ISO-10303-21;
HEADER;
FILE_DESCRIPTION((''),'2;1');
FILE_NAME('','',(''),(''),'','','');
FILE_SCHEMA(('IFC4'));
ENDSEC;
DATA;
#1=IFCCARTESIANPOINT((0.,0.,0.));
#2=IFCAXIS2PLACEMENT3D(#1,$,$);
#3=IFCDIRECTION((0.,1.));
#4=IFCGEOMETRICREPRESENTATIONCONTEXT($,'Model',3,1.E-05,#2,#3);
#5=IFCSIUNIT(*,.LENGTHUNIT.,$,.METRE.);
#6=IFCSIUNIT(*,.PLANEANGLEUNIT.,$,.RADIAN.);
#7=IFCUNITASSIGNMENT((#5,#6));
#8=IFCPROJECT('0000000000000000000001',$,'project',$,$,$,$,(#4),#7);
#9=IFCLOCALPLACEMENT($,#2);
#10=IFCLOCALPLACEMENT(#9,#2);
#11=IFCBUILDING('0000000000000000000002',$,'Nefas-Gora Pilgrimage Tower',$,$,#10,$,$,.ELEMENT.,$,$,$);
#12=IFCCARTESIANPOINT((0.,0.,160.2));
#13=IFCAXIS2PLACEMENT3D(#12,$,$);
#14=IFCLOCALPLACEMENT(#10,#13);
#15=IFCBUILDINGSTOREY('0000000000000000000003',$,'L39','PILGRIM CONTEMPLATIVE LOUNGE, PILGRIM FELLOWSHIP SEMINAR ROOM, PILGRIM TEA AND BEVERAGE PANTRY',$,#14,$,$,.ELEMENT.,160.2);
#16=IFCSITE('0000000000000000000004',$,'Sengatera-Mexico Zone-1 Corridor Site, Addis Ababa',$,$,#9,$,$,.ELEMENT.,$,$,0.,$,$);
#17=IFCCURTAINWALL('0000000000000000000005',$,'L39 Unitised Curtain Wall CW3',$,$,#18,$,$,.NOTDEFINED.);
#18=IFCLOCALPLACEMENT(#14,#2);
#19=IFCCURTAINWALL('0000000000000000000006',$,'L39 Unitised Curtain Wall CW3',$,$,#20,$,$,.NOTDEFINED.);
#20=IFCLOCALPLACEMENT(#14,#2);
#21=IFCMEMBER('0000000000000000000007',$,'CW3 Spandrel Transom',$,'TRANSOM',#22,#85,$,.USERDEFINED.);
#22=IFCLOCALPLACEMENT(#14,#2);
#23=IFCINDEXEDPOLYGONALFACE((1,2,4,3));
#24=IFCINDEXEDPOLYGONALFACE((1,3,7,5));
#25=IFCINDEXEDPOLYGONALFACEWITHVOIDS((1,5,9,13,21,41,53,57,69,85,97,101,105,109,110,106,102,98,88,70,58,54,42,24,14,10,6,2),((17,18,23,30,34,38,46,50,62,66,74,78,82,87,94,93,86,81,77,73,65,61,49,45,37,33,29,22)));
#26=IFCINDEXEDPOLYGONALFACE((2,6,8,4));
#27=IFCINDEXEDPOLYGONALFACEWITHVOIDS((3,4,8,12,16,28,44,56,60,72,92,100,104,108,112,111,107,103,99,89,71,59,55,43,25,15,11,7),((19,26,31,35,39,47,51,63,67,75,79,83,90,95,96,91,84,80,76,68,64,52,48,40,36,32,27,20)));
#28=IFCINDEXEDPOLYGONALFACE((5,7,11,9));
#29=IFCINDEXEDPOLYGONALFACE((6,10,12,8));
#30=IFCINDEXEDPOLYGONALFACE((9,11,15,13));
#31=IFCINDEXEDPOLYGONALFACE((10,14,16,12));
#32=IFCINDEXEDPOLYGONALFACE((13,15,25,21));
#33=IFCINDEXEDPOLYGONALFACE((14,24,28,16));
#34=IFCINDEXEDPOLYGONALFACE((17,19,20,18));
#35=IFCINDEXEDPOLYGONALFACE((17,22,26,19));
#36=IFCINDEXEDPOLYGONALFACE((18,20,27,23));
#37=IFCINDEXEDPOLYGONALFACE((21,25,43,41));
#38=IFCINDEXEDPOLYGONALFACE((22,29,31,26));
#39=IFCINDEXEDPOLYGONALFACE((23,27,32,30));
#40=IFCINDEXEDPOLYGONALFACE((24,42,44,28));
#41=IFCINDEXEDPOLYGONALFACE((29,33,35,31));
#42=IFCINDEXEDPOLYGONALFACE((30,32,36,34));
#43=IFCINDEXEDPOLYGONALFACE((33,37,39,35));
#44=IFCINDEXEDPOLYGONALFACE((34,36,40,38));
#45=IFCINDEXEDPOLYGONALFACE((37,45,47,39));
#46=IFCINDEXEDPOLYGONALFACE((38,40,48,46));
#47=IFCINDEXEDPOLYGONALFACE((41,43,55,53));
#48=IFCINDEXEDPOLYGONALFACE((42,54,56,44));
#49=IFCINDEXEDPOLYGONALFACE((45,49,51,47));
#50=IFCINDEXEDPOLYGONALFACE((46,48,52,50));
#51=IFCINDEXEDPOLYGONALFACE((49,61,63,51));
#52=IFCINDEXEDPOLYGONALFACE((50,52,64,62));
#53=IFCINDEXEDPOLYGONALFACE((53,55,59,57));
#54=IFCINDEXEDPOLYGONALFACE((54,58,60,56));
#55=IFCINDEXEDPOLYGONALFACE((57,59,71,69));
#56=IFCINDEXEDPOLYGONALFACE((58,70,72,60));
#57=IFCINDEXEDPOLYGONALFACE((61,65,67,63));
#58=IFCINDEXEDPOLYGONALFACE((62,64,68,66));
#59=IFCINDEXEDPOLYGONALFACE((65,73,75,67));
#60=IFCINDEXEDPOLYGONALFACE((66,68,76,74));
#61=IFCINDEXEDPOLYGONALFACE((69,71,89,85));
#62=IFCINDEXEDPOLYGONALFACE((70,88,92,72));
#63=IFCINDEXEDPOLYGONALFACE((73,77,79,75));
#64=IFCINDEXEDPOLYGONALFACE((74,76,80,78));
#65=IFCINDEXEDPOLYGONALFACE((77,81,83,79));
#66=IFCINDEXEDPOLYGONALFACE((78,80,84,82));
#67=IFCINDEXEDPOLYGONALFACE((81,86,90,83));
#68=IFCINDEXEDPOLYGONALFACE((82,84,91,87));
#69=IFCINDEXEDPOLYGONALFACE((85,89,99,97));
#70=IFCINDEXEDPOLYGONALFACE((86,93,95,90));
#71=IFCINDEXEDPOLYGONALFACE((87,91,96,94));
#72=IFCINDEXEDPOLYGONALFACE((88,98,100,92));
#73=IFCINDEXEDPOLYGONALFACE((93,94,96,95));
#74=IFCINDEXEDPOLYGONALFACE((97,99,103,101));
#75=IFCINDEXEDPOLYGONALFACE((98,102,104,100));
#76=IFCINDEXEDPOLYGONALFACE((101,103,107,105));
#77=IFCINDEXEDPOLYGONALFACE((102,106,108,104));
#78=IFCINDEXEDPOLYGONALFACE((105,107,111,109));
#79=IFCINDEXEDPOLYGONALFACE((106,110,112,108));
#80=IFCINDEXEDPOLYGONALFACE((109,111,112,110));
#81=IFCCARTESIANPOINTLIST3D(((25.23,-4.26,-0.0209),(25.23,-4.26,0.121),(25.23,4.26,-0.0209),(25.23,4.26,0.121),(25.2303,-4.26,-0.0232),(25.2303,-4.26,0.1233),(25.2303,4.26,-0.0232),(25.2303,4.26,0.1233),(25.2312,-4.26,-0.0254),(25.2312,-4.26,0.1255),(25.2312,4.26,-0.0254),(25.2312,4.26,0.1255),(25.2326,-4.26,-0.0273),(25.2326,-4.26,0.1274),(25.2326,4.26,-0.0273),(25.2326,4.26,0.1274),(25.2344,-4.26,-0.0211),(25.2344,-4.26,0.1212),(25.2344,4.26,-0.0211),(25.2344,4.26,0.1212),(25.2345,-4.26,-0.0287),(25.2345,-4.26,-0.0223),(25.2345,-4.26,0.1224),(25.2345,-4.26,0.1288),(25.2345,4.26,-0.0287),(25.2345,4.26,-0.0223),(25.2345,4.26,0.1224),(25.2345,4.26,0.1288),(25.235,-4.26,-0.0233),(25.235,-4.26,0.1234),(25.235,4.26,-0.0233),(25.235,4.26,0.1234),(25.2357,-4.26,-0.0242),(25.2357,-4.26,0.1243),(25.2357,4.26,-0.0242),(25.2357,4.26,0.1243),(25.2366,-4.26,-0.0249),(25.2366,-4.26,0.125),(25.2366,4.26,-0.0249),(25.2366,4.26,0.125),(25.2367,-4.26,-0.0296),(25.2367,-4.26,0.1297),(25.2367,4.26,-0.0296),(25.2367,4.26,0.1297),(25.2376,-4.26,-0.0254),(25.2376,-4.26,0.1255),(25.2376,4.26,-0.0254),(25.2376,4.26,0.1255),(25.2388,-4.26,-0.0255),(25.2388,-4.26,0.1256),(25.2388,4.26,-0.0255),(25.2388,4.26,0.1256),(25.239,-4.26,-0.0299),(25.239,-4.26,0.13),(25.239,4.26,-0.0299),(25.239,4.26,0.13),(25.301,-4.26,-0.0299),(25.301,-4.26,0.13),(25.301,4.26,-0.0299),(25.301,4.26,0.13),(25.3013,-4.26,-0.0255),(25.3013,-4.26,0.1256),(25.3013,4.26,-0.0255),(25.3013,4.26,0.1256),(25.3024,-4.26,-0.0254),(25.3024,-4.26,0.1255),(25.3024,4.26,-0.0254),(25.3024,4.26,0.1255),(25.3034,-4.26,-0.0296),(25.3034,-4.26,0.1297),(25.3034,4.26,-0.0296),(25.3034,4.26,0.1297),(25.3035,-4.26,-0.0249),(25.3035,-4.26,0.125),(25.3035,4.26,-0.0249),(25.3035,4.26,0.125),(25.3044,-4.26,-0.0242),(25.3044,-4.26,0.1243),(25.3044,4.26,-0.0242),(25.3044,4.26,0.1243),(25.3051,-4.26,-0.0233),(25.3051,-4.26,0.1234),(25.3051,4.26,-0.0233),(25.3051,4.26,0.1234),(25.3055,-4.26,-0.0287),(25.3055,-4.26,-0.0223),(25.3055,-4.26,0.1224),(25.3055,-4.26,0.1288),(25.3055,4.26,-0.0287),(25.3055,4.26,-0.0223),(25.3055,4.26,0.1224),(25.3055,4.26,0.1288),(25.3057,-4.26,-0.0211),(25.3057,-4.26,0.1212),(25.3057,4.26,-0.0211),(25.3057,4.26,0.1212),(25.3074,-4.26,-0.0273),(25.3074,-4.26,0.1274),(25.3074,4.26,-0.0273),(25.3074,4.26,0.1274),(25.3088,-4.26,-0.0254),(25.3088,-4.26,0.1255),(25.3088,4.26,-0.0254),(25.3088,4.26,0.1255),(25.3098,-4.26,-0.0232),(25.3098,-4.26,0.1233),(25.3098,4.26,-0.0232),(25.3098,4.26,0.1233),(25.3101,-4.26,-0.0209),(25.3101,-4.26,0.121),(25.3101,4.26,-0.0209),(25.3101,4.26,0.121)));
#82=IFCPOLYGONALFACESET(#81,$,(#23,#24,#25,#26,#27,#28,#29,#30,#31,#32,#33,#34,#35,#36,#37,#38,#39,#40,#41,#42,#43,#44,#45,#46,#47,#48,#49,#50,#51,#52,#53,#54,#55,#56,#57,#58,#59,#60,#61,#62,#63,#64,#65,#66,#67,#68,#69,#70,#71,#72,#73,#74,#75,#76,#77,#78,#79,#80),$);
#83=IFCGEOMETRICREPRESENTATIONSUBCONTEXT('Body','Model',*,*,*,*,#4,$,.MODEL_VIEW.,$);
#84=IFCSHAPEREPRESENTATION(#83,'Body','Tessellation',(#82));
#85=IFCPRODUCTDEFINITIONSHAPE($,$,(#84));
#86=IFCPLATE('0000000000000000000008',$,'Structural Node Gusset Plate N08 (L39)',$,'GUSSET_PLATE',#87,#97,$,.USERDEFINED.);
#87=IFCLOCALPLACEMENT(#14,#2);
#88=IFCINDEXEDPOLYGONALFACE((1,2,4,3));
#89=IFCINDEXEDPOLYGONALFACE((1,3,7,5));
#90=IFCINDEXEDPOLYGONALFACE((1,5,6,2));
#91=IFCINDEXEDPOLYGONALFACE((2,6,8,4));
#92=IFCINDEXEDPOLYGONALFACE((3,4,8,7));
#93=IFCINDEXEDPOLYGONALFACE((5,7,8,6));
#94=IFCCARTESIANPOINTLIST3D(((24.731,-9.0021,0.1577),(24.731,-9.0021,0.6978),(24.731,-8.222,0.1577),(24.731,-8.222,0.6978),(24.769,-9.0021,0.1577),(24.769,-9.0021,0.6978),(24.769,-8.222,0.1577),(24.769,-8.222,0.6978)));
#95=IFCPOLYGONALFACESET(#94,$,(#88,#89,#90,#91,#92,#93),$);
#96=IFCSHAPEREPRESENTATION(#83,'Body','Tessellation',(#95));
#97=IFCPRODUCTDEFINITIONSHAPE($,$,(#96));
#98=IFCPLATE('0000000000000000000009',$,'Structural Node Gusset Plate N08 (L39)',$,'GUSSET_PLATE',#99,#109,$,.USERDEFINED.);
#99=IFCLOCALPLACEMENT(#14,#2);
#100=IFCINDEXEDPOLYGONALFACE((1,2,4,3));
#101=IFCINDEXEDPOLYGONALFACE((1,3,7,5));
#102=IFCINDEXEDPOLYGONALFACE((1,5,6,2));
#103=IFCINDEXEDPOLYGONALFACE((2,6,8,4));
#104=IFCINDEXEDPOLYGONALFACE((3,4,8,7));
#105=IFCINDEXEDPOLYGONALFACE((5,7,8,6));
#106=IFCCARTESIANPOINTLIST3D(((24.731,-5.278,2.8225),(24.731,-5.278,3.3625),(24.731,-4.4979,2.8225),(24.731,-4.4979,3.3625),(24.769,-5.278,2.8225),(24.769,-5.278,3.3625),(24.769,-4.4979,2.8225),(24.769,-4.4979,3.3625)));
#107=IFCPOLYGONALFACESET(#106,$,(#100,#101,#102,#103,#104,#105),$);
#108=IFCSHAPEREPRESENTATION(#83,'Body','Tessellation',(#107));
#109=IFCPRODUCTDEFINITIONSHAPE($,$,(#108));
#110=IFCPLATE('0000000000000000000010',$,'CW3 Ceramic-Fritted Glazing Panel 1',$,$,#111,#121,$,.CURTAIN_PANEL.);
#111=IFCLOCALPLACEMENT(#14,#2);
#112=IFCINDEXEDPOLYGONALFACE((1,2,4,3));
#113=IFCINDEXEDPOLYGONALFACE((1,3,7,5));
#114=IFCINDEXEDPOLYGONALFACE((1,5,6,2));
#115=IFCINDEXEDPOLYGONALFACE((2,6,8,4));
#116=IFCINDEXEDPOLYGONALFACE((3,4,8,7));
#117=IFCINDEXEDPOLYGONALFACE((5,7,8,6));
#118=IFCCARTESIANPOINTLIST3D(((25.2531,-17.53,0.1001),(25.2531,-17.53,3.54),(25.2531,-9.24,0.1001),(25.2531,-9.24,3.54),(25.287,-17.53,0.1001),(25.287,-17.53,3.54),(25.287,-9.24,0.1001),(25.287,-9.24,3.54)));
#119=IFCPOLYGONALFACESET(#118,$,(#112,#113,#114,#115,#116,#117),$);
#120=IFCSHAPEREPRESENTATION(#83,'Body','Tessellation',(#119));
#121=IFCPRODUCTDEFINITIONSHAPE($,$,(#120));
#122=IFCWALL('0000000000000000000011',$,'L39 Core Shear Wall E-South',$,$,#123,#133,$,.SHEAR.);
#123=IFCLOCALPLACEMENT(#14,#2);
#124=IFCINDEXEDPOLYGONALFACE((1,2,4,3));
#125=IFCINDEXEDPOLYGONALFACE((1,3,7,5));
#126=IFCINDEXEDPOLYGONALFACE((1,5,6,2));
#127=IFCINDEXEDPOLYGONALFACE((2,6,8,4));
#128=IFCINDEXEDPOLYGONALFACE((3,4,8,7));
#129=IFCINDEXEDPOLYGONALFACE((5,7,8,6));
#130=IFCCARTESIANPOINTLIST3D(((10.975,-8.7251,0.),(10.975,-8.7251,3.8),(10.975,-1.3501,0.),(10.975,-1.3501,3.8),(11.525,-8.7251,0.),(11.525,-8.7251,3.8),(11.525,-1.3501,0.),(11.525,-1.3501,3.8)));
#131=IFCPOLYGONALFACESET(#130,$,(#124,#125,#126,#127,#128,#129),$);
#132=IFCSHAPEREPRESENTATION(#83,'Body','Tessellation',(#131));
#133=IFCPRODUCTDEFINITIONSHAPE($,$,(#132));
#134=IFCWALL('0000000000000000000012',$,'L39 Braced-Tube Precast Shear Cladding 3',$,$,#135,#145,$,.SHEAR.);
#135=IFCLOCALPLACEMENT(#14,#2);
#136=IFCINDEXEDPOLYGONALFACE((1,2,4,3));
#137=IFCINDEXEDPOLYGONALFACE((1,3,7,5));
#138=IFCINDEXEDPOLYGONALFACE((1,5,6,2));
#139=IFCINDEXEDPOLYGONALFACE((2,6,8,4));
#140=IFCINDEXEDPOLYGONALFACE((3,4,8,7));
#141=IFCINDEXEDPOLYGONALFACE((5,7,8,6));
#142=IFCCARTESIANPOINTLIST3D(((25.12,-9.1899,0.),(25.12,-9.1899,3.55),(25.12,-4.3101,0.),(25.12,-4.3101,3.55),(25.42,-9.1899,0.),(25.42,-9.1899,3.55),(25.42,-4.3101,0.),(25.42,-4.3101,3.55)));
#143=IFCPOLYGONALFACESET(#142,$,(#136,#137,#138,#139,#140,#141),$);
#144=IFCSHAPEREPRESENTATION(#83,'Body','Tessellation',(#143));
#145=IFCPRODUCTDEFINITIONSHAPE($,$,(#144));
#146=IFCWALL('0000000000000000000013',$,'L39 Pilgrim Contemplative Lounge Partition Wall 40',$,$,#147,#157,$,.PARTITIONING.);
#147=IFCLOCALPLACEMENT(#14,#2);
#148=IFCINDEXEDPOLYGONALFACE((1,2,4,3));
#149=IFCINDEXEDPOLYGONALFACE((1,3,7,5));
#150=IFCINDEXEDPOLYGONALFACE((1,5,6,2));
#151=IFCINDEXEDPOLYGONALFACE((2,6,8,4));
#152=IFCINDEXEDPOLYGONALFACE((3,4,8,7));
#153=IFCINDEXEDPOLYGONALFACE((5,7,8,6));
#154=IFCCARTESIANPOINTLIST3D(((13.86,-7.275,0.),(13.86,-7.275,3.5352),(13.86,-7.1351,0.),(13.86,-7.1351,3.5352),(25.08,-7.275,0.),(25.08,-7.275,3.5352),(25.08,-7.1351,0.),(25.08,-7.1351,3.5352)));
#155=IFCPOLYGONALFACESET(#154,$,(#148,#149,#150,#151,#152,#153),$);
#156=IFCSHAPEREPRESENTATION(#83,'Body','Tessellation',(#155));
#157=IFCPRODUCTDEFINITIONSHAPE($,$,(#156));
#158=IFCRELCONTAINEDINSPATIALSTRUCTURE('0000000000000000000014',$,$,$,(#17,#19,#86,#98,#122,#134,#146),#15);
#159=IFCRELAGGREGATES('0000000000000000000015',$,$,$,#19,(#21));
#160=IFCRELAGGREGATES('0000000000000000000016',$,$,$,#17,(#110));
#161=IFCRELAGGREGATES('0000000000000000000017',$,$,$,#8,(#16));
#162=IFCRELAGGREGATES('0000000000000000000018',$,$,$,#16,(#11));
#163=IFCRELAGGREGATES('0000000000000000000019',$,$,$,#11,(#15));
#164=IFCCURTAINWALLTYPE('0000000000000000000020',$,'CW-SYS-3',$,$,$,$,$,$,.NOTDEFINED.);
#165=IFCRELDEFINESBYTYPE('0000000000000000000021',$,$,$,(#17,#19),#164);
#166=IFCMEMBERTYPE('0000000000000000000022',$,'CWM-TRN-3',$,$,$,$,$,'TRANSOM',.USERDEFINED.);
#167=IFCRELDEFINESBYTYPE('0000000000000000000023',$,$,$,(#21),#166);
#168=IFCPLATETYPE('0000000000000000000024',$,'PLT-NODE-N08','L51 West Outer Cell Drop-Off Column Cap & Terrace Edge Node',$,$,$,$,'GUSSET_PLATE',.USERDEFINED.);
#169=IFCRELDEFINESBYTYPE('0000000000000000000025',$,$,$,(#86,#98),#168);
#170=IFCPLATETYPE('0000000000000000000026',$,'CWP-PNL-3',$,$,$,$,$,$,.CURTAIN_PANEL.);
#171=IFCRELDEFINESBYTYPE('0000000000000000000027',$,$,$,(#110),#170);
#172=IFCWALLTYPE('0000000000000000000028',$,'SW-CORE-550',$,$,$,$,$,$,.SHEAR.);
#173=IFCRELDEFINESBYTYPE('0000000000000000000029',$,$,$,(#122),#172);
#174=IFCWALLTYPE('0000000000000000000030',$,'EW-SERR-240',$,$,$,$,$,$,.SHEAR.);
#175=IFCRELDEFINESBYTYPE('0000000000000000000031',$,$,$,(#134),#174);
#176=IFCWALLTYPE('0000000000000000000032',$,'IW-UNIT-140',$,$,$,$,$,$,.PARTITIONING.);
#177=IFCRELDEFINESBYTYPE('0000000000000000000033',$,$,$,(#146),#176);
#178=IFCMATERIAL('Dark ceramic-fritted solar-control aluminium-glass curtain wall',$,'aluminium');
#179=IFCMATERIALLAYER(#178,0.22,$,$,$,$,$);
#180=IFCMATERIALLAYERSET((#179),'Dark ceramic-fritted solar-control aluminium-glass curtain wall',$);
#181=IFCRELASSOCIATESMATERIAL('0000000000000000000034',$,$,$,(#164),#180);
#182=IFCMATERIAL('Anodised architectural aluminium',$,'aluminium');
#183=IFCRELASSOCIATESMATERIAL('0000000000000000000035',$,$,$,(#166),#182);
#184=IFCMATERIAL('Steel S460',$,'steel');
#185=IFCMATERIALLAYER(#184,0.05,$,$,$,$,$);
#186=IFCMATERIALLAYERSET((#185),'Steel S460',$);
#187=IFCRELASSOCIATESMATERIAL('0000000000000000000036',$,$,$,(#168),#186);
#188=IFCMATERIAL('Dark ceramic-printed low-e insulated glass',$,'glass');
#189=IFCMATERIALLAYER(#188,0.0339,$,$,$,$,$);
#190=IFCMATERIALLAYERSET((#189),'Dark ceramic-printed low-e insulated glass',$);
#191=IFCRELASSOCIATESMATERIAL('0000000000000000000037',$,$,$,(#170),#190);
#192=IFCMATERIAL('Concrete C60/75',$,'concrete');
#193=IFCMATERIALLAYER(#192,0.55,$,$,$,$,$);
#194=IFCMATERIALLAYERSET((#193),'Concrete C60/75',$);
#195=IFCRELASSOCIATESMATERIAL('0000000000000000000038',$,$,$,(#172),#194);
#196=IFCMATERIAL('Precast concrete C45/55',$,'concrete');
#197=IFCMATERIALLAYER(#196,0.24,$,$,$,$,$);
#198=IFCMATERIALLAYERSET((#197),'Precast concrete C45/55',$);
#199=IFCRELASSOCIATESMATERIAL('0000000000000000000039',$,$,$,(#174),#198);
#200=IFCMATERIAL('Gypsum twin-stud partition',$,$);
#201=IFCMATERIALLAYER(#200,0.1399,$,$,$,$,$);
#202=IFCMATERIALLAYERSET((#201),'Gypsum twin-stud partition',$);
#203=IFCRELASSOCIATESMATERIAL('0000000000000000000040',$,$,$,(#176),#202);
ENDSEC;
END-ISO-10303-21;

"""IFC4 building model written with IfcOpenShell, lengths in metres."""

from ifc_helpers import new_model, si_unit, direction, frame, frame_2d, origin, origin_2d, place, context, subcontext, project, spatial, rectangle, hollow_rectangle, extrude, source, transform, mapped, material, layer, layer_set, material_profile, profile_set, type_object, element, aggregate, save


model = new_model("IFC4")

# Units and contexts
model_context = context("Model", 3, precision=1e-05, world=origin(), true_north=direction((0.0, 1.0)))
body_context = subcontext(model_context, "Body", "Model", "MODEL_VIEW")
ifc_project = project(units=[si_unit("LENGTHUNIT", "METRE"), si_unit("PLANEANGLEUNIT", "RADIAN")], contexts=[model_context])

# Site, building, storey
site_placement = place(None, origin())
site = spatial("IfcSite", under=ifc_project, at=site_placement, Name="Sengatera-Mexico Zone-1 Corridor Site, Addis Ababa", CompositionType="ELEMENT", RefElevation=0.0)
building_placement = place(site_placement, origin())
building = spatial("IfcBuilding", under=site, at=building_placement, Name="Nefas-Gora Pilgrimage Tower", CompositionType="ELEMENT")
storey_placement = place(building_placement, frame((0.0, 0.0, 160.2)))
storey = spatial("IfcBuildingStorey", under=building, at=storey_placement, Name="L39", Description="PILGRIM CONTEMPLATIVE LOUNGE, PILGRIM FELLOWSHIP SEMINAR ROOM, PILGRIM TEA AND BEVERAGE PANTRY", CompositionType="ELEMENT", Elevation=160.2)

# Shared definitions
ifc_material_1 = material(Name="Steel S460", Category="steel")

# Shared definitions
ifc_material_2 = material(Name="Concrete C60/75", Category="concrete")

# Curtain wall
ifc_material_3 = material(Name="Dark ceramic-fritted solar-control aluminium-glass curtain wall", Category="aluminium")
ifc_layer_1 = layer(ifc_material_3, 0.22)
ifc_layer_set_1 = layer_set([ifc_layer_1], Name="Dark ceramic-fritted solar-control aluminium-glass curtain wall")
curtain_wall_type = type_object("IfcCurtainWallType", Name="CW-SYS-3", PredefinedType="NOTDEFINED", material=ifc_layer_set_1)
curtain_wall_1_placement = place(storey_placement, origin())
curtain_wall_1 = element("IfcCurtainWall", 1, at=curtain_wall_1_placement, inside=storey, type_object=curtain_wall_type, Name="L39 Unitised Curtain Wall CW3", PredefinedType="NOTDEFINED")
ifc_material_4 = material(Name="Anodised architectural aluminium", Category="aluminium")

# Curtain wall, member
curtain_wall_2_placement = place(storey_placement, origin())
curtain_wall_2 = element("IfcCurtainWall", 2, at=curtain_wall_2_placement, inside=storey, type_object=curtain_wall_type, Name="L39 Unitised Curtain Wall CW3", PredefinedType="NOTDEFINED")
ifc_material_profile_1 = material_profile(ifc_material_4, hollow_rectangle(XDim=0.0801, YDim=0.1599, WallThickness=0.0044, InnerFilletRadius=0.0044, OuterFilletRadius=0.009, at=origin_2d()), Name="ALU TRANSOM 80x160")
ifc_profile_set_1 = profile_set([ifc_material_profile_1], Name="Anodised architectural aluminium")
member_type_1 = type_object("IfcMemberType", Name="CWM-TRN-3", ElementType="TRANSOM", PredefinedType="USERDEFINED", material=ifc_profile_set_1)
shared_shape_1 = source(origin(), body_context, "Body", "SweptSolid", [
    extrude(hollow_rectangle(XDim=0.0801, YDim=0.1599, WallThickness=0.0044, InnerFilletRadius=0.0044, OuterFilletRadius=0.009, at=origin_2d()), origin(), (0.0, 0.0, 1.0), 8.52),
])
member_1_placement = place(storey_placement, frame((25.27, -4.26, 0.05), z_axis=(0.0, 1.0, 0.0), x_axis=(-1.0, 0.0, 0.0)))
member_1 = element("IfcMember", 3, at=member_1_placement, type_object=member_type_1, Name="CW3 Spandrel Transom", ObjectType="TRANSOM", PredefinedType="USERDEFINED", context=body_context, shape_type="MappedRepresentation", body=[
    mapped(shared_shape_1, transform((0.0, 0.0, 0.0), x_axis=(1.0, 0.0, 0.0), y_axis=(0.0, 1.0, 0.0), z_axis=(0.0, 0.0, 1.0), scale=1.0)),
])
aggregate(curtain_wall_2, [member_1])

# Plates
ifc_layer_2 = layer(ifc_material_1, 0.05)
ifc_layer_set_2 = layer_set([ifc_layer_2], Name="Steel S460")
plate_type_1 = type_object("IfcPlateType", Name="PLT-NODE-N08", Description="L51 West Outer Cell Drop-Off Column Cap & Terrace Edge Node", ElementType="GUSSET_PLATE", PredefinedType="USERDEFINED", material=ifc_layer_set_2)
shared_shape_2 = source(origin(), body_context, "Body", "SweptSolid", [
    extrude(rectangle(XDim=0.78, YDim=0.0381, at=origin_2d()), origin(), (0.0, 0.0, 1.0), 0.54),
])
for number, where, z_axis, x_axis, name in (
    (4, (24.75, -8.6121, 0.1577), (0.0, 0.0, 1.0), (0.0, 1.0, 0.0), "Structural Node Gusset Plate N08 (L39)"),
    (5, (24.75, -4.8879, 2.8225), (0.0, 0.0, 1.0), (0.0, 1.0, 0.0), "Structural Node Gusset Plate N08 (L39)"),
):
    element("IfcPlate", number, at=place(storey_placement, frame(where, z_axis=z_axis, x_axis=x_axis)), inside=storey, type_object=plate_type_1, Name=name, ObjectType="GUSSET_PLATE", PredefinedType="USERDEFINED", context=body_context, shape_type="MappedRepresentation", body=[
        mapped(shared_shape_2, transform((0.0, 0.0, 0.0), x_axis=(1.0, 0.0, 0.0), y_axis=(0.0, 1.0, 0.0), z_axis=(0.0, 0.0, 1.0), scale=1.0)),
    ])

# Plate
ifc_material_5 = material(Name="Dark ceramic-printed low-e insulated glass", Category="glass")
ifc_layer_3 = layer(ifc_material_5, 0.0339)
ifc_layer_set_3 = layer_set([ifc_layer_3], Name="Dark ceramic-printed low-e insulated glass")
plate_type_2 = type_object("IfcPlateType", Name="CWP-PNL-3", PredefinedType="CURTAIN_PANEL", material=ifc_layer_set_3)
shared_shape_3 = source(origin(), body_context, "Body", "SweptSolid", [
    extrude(rectangle(XDim=8.29, YDim=0.0339, at=origin_2d()), origin(), (0.0, 0.0, 1.0), 3.4399),
])
plate_placement = place(storey_placement, frame((25.27, -13.385, 0.1001), z_axis=(0.0, 0.0, 1.0), x_axis=(0.0, 1.0, 0.0)))
plate = element("IfcPlate", 6, at=plate_placement, type_object=plate_type_2, Name="CW3 Ceramic-Fritted Glazing Panel 1", PredefinedType="CURTAIN_PANEL", context=body_context, shape_type="MappedRepresentation", body=[
    mapped(shared_shape_3, transform((0.0, 0.0, 0.0), x_axis=(1.0, 0.0, 0.0), y_axis=(0.0, 1.0, 0.0), z_axis=(0.0, 0.0, 1.0), scale=1.0)),
])
aggregate(curtain_wall_1, [plate])

# Walls
ifc_layer_4 = layer(ifc_material_2, 0.55)
ifc_layer_set_4 = layer_set([ifc_layer_4], Name="Concrete C60/75")
wall_type_1 = type_object("IfcWallType", Name="SW-CORE-550", PredefinedType="SHEAR", material=ifc_layer_set_4)
shared_shape_4 = source(origin(), body_context, "Body", "SweptSolid", [
    extrude(rectangle(XDim=7.375, YDim=0.55, at=frame_2d((3.6875, 0.0))), origin(), (0.0, 0.0, 1.0), 3.8),
])
wall_1_placement = place(storey_placement, frame((11.25, -8.7251, 0.0), z_axis=(0.0, 0.0, 1.0), x_axis=(0.0, 1.0, 0.0)))
element("IfcWall", 7, at=wall_1_placement, inside=storey, type_object=wall_type_1, Name="L39 Core Shear Wall E-South", PredefinedType="SHEAR", context=body_context, shape_type="MappedRepresentation", body=[
    mapped(shared_shape_4, transform((0.0, 0.0, 0.0), x_axis=(1.0, 0.0, 0.0), y_axis=(0.0, 1.0, 0.0), z_axis=(0.0, 0.0, 1.0), scale=1.0)),
])
ifc_material_6 = material(Name="Precast concrete C45/55", Category="concrete")
ifc_layer_5 = layer(ifc_material_6, 0.24)
ifc_layer_set_5 = layer_set([ifc_layer_5], Name="Precast concrete C45/55")
wall_type_2 = type_object("IfcWallType", Name="EW-SERR-240", PredefinedType="SHEAR", material=ifc_layer_set_5)
shared_shape_5 = source(origin(), body_context, "Body", "SweptSolid", [
    extrude(rectangle(XDim=4.8799, YDim=0.3, at=frame_2d((2.4399, 0.0))), origin(), (0.0, 0.0, 1.0), 3.55),
])
wall_2_placement = place(storey_placement, frame((25.27, -9.1899, 0.0), z_axis=(0.0, 0.0, 1.0), x_axis=(0.0, 1.0, 0.0)))
element("IfcWall", 8, at=wall_2_placement, inside=storey, type_object=wall_type_2, Name="L39 Braced-Tube Precast Shear Cladding 3", PredefinedType="SHEAR", context=body_context, shape_type="MappedRepresentation", body=[
    mapped(shared_shape_5, transform((0.0, 0.0, 0.0), x_axis=(1.0, 0.0, 0.0), y_axis=(0.0, 1.0, 0.0), z_axis=(0.0, 0.0, 1.0), scale=1.0)),
])
ifc_material_7 = material(Name="Gypsum twin-stud partition")
ifc_layer_6 = layer(ifc_material_7, 0.1399)
ifc_layer_set_6 = layer_set([ifc_layer_6], Name="Gypsum twin-stud partition")
wall_type_3 = type_object("IfcWallType", Name="IW-UNIT-140", PredefinedType="PARTITIONING", material=ifc_layer_set_6)
shared_shape_6 = source(origin(), body_context, "Body", "SweptSolid", [
    extrude(rectangle(XDim=11.22, YDim=0.1399, at=frame_2d((5.6099, 0.0))), origin(), (0.0, 0.0, 1.0), 3.5352),
])
wall_3_placement = place(storey_placement, frame((13.8601, -7.2051, 0.0), z_axis=(0.0, 0.0, 1.0), x_axis=(1.0, 0.0, 0.0)))
element("IfcWall", 9, at=wall_3_placement, inside=storey, type_object=wall_type_3, Name="L39 Pilgrim Contemplative Lounge Partition Wall 40", PredefinedType="PARTITIONING", context=body_context, shape_type="MappedRepresentation", body=[
    mapped(shared_shape_6, transform((0.0, 0.0, 0.0), x_axis=(1.0, 0.0, 0.0), y_axis=(0.0, 1.0, 0.0), z_axis=(0.0, 0.0, 1.0), scale=1.0)),
])

save(model, "model.ifc")
